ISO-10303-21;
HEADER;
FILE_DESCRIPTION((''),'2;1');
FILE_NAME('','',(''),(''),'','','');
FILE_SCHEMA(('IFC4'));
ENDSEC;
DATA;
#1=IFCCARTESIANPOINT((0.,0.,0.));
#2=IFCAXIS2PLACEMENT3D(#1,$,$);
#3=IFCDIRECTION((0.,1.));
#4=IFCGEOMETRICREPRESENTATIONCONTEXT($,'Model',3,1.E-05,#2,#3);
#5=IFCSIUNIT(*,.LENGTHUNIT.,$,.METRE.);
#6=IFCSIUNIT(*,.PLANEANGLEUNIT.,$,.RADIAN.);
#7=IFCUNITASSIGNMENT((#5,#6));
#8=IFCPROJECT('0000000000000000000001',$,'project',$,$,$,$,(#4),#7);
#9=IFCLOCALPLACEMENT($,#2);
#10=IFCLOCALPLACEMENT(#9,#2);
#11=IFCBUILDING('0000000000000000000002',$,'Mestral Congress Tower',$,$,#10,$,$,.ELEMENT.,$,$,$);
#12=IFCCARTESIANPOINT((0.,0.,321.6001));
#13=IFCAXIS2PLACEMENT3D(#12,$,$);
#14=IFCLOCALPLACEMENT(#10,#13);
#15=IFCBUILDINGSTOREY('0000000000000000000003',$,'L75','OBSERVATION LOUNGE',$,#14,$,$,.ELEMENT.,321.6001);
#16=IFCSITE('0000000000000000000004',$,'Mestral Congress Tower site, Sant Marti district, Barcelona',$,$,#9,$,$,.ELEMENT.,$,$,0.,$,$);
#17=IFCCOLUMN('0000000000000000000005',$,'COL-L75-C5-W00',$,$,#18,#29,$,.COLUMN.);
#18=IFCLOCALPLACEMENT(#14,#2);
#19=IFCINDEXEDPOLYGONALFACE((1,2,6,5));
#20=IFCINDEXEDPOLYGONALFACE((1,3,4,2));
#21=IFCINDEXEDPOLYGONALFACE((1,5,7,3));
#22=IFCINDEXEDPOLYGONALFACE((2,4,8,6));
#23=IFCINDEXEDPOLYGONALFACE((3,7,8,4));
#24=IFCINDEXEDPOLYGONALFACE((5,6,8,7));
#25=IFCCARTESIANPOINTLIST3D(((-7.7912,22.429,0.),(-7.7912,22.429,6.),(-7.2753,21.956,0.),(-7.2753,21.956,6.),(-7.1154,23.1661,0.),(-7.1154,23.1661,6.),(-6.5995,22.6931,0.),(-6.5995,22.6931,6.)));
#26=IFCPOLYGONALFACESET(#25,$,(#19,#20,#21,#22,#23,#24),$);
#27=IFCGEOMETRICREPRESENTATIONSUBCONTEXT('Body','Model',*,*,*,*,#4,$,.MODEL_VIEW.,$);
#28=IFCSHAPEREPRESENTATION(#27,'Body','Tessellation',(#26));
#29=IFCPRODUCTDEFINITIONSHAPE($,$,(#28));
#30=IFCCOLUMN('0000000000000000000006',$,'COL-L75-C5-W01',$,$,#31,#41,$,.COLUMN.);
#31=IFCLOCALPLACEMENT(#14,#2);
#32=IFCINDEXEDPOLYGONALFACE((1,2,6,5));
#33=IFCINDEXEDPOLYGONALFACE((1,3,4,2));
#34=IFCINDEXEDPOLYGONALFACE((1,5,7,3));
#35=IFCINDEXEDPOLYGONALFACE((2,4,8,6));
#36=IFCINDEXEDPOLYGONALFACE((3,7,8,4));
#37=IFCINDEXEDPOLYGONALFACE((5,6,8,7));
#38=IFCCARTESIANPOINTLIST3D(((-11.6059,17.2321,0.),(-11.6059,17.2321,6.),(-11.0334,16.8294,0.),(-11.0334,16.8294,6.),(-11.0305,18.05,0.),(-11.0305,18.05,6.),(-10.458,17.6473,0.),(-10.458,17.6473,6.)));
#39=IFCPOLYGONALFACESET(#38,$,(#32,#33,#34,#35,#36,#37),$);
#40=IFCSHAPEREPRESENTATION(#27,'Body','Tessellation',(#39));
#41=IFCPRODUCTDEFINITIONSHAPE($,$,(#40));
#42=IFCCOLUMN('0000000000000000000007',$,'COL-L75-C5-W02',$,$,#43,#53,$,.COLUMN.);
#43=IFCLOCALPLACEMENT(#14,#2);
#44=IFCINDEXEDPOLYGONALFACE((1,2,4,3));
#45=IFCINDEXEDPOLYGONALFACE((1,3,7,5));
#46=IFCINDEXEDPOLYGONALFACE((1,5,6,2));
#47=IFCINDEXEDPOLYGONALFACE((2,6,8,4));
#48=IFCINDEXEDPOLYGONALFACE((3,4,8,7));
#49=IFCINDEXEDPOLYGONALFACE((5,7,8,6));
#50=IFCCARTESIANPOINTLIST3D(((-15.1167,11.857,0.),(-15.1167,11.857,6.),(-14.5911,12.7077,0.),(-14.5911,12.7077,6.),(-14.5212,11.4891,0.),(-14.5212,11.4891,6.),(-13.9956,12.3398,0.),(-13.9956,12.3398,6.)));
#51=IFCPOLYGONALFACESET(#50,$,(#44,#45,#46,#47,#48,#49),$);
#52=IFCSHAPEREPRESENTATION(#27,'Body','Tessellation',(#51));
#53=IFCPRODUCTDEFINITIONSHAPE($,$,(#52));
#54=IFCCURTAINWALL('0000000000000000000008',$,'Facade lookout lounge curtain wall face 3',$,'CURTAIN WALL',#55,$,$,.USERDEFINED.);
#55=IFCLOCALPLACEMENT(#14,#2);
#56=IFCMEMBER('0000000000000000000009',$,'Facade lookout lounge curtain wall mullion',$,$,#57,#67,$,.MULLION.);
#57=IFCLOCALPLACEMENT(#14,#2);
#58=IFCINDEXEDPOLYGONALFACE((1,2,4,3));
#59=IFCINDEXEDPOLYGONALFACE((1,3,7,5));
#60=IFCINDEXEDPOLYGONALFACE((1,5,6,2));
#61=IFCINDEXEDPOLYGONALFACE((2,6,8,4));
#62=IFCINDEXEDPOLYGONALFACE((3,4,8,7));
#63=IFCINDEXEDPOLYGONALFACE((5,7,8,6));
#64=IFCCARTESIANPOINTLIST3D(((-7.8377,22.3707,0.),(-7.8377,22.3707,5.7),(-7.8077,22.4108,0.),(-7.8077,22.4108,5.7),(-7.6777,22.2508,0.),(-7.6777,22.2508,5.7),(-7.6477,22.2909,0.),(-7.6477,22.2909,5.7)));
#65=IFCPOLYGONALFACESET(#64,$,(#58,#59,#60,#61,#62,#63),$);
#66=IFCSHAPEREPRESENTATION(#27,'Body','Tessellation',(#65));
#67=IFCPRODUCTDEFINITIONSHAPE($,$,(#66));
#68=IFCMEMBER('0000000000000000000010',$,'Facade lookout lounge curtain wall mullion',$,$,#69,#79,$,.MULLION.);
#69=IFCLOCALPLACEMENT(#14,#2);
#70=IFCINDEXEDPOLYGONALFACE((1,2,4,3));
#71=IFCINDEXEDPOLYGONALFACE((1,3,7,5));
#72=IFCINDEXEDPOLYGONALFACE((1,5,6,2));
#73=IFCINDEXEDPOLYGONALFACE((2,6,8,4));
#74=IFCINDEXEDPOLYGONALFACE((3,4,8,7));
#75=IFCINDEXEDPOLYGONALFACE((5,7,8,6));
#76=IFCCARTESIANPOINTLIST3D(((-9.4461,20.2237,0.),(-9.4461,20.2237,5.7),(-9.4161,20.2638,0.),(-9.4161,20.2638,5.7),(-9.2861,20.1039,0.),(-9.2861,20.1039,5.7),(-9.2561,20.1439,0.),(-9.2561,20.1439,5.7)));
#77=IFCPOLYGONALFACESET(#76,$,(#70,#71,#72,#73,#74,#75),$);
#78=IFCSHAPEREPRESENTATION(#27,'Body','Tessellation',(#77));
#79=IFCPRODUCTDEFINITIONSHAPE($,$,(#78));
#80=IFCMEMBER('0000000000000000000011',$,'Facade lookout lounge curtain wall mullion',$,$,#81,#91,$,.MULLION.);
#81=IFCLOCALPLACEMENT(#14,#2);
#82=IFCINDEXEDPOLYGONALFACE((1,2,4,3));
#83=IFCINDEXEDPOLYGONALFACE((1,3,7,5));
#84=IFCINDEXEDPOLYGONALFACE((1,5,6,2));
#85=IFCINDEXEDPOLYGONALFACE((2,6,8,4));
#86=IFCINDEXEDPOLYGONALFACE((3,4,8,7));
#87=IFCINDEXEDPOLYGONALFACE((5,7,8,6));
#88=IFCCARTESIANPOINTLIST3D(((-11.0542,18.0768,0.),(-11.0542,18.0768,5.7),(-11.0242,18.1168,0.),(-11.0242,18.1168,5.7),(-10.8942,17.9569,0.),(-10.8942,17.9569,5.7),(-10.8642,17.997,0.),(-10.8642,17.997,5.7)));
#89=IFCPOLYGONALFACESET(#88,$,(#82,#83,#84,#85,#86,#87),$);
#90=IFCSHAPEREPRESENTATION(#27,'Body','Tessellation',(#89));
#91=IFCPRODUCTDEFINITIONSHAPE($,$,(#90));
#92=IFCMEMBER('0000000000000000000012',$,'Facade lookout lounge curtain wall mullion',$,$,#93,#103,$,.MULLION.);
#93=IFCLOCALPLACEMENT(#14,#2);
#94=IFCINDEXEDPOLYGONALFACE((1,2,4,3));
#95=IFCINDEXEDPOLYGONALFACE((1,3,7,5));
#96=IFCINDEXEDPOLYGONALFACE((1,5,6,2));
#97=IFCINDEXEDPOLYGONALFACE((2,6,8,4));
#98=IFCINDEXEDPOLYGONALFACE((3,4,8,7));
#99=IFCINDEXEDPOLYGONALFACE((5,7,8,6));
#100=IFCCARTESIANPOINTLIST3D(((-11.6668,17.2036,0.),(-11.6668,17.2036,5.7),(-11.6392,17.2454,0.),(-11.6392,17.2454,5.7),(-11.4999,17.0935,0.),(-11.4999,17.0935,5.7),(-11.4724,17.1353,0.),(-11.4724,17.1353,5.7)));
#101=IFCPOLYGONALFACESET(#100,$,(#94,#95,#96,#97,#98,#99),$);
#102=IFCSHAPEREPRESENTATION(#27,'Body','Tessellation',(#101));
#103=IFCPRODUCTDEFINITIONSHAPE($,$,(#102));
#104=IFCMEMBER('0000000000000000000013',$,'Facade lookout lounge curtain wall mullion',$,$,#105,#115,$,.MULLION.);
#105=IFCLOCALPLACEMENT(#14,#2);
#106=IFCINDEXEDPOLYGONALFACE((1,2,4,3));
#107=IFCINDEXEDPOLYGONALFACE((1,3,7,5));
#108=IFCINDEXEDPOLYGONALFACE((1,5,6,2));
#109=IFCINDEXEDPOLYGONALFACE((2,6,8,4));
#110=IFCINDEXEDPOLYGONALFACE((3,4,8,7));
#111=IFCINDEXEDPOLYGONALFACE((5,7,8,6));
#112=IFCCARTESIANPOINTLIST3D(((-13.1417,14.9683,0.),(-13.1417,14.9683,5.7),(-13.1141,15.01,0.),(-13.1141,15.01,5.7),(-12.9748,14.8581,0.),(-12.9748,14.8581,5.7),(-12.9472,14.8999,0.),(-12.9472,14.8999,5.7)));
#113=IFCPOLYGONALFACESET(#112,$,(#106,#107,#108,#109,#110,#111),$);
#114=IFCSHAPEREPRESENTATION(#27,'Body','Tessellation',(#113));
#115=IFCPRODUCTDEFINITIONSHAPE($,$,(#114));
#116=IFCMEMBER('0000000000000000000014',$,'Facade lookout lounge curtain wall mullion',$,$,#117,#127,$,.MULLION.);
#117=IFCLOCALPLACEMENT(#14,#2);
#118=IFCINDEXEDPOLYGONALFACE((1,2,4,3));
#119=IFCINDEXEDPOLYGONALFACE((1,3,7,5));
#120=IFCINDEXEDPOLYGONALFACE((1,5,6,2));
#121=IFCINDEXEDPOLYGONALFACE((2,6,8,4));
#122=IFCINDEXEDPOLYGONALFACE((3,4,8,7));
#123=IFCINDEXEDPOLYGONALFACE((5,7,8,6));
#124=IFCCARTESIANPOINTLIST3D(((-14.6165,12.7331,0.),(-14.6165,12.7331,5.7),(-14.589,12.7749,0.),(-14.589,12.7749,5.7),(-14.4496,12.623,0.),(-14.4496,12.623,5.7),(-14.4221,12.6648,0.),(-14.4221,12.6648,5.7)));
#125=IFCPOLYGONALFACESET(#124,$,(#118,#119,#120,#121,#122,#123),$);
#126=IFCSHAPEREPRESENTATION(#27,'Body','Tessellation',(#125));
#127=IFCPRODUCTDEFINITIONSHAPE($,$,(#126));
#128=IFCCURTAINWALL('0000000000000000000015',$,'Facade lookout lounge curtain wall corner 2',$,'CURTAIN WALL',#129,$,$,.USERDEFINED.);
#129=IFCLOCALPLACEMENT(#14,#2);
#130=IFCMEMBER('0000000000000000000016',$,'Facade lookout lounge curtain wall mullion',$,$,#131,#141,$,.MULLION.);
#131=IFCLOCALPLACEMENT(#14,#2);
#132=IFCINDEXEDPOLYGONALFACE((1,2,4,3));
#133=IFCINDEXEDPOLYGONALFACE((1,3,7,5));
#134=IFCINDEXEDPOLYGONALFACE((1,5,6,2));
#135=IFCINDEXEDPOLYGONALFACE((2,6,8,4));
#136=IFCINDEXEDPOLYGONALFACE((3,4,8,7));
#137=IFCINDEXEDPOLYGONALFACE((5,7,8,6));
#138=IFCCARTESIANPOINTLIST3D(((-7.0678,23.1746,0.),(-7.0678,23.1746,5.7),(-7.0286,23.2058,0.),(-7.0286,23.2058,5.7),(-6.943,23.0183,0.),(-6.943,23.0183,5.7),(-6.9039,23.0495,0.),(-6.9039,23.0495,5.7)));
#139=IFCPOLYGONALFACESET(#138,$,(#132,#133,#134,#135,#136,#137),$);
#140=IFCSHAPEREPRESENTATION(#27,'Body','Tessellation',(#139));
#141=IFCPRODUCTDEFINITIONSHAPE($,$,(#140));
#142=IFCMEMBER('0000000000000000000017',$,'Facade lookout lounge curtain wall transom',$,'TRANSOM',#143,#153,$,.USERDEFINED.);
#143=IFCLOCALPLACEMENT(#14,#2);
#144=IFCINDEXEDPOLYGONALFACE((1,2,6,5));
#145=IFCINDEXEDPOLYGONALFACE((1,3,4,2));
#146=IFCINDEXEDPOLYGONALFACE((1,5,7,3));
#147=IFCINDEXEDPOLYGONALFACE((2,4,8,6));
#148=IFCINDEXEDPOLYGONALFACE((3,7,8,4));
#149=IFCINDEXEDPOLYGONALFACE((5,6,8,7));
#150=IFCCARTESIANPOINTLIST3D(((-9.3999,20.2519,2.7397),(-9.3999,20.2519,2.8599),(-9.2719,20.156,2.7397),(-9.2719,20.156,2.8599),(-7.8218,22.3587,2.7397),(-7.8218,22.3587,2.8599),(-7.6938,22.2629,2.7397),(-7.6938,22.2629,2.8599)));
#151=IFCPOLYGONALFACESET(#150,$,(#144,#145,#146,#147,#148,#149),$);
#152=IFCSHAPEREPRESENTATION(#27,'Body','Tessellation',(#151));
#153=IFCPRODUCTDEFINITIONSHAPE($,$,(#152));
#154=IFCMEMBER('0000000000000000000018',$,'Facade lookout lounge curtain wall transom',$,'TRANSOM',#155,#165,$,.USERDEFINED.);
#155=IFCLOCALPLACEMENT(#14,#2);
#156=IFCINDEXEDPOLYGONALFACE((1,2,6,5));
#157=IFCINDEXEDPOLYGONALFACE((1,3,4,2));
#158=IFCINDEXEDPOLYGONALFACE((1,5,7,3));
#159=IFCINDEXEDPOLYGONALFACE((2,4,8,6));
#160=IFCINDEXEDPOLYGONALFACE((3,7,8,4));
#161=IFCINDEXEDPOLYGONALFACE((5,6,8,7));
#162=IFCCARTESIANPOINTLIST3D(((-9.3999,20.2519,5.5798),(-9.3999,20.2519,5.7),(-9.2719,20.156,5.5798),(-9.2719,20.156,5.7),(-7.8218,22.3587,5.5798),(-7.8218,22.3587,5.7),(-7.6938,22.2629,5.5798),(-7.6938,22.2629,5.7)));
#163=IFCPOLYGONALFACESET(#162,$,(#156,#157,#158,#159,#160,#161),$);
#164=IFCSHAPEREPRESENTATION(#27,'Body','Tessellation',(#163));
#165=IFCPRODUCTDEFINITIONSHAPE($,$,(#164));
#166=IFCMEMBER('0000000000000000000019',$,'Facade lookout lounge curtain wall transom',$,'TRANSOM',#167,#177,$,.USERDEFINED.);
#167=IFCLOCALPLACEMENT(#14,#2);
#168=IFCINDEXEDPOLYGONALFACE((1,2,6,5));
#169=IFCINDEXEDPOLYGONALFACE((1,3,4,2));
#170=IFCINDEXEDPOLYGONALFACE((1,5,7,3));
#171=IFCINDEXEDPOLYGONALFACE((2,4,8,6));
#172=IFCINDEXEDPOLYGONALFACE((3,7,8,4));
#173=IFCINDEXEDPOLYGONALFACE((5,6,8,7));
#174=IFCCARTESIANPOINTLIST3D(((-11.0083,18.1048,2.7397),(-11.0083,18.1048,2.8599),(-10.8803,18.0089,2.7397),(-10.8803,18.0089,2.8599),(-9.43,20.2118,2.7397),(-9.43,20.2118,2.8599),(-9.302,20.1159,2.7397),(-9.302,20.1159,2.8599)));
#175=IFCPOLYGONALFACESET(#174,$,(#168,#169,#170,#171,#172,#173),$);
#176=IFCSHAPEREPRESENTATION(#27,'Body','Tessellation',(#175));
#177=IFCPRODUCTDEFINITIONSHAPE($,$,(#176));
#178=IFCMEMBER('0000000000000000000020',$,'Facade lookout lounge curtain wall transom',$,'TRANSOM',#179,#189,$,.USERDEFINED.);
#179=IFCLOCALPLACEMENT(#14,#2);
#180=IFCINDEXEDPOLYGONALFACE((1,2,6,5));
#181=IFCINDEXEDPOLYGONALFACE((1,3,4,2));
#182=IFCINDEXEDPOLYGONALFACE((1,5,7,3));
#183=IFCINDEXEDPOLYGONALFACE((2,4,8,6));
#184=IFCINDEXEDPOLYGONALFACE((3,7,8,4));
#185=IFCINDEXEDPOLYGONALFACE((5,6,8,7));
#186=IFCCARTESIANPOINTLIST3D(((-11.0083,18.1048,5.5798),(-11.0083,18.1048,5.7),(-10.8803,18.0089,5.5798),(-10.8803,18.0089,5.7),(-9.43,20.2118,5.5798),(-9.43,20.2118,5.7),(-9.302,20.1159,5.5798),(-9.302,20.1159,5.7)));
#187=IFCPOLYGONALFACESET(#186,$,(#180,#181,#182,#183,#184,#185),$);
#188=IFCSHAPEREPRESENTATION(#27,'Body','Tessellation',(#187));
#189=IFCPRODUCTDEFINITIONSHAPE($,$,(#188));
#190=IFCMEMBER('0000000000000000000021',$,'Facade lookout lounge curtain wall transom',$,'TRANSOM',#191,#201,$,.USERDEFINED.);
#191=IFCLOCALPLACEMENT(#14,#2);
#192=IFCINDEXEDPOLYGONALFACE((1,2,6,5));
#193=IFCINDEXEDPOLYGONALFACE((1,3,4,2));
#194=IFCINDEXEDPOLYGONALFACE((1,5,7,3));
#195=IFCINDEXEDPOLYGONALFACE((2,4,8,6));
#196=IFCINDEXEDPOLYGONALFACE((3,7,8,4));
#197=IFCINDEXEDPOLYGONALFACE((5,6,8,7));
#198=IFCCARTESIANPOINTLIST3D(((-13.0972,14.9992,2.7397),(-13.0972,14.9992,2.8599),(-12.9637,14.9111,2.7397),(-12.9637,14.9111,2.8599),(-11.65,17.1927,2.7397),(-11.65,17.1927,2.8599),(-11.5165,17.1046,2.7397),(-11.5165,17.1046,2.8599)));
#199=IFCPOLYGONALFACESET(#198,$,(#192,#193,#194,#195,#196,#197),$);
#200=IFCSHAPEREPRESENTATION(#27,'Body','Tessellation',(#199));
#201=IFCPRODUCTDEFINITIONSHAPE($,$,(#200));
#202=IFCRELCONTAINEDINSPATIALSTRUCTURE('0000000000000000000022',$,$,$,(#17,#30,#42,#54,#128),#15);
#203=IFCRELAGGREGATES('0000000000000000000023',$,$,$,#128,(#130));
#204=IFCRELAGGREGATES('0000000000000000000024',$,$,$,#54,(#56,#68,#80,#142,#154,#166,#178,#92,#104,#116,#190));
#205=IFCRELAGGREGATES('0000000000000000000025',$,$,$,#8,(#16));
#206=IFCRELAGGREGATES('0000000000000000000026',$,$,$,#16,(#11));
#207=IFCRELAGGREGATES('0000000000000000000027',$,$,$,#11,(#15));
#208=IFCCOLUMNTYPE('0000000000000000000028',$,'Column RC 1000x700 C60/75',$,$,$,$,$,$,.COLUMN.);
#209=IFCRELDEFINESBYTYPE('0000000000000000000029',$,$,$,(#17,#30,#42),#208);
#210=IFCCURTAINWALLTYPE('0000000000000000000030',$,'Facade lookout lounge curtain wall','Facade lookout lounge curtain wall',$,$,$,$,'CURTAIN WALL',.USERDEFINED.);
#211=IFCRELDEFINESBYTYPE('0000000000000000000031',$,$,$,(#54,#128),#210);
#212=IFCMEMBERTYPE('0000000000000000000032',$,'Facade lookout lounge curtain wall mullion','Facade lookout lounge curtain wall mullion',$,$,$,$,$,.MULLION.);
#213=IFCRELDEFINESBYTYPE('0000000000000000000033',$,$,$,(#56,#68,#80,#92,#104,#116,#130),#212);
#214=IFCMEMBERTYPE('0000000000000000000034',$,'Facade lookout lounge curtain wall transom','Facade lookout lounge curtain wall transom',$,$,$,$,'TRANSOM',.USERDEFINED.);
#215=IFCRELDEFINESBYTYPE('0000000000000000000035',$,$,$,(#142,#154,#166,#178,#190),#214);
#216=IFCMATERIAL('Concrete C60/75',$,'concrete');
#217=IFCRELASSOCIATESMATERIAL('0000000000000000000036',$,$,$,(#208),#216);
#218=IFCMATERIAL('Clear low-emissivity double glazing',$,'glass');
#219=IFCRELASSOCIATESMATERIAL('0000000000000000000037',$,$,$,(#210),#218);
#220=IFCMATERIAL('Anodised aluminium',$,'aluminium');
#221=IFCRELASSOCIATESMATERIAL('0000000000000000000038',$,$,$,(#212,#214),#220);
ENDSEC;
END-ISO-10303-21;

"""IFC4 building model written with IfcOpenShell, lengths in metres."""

from ifc_helpers import new_model, si_unit, direction, frame, origin, origin_2d, place, context, subcontext, project, spatial, rectangle, extrude, material, material_profile, profile_set, type_object, element, aggregate, save


model = new_model("IFC4")

# Units and contexts
model_context = context("Model", 3, precision=1e-05, world=origin(), true_north=direction((0.0, 1.0)))
body_context = subcontext(model_context, "Body", "Model", "MODEL_VIEW")
ifc_project = project(units=[si_unit("LENGTHUNIT", "METRE"), si_unit("PLANEANGLEUNIT", "RADIAN")], contexts=[model_context])

# Site, building, storey
site_placement = place(None, origin())
site = spatial("IfcSite", under=ifc_project, at=site_placement, Name="Mestral Congress Tower site, Sant Marti district, Barcelona", CompositionType="ELEMENT", RefElevation=0.0)
building_placement = place(site_placement, origin())
building = spatial("IfcBuilding", under=site, at=building_placement, Name="Mestral Congress Tower", CompositionType="ELEMENT")
storey_placement = place(building_placement, frame((0.0, 0.0, 321.6001)))
storey = spatial("IfcBuildingStorey", under=building, at=storey_placement, Name="L75", Description="OBSERVATION LOUNGE", CompositionType="ELEMENT", Elevation=321.6001)

# Columns
ifc_material_1 = material(Name="Concrete C60/75", Category="concrete")
ifc_material_profile_1 = material_profile(ifc_material_1, rectangle(XDim=1.0, YDim=0.7, at=origin_2d()), Name="RC 1000x700")
ifc_profile_set_1 = profile_set([ifc_material_profile_1], Name="Concrete C60/75")
column_type = type_object("IfcColumnType", Name="Column RC 1000x700 C60/75", PredefinedType="COLUMN", material=ifc_profile_set_1)
for number, where, z_axis, x_axis, name in (
    (1, (-7.1953, 22.561, 0.0), (0.0, 0.0, 1.0), (-0.675803, -0.737083, 0.0), "COL-L75-C5-W00"),
    (2, (-11.032, 17.4397, 0.0), (0.0, 0.0, 1.0), (-0.575402, -0.817871, 0.0), "COL-L75-C5-W01"),
    (3, (-14.5562, 12.0984, 0.0), (0.0, 0.0, 1.0), (-0.52561, -0.850726, 0.0), "COL-L75-C5-W02"),
):
    element("IfcColumn", number, at=place(storey_placement, frame(where, z_axis=z_axis, x_axis=x_axis)), inside=storey, type_object=column_type, Name=name, PredefinedType="COLUMN", context=body_context, shape_type="SweptSolid", body=[
        extrude(rectangle(XDim=1.0, YDim=0.7, at=origin_2d()), origin(), (0.0, 0.0, 1.0), 6.0),
    ])

# Curtain wall, members
ifc_material_2 = material(Name="Clear low-emissivity double glazing", Category="glass")
curtain_wall_type = type_object("IfcCurtainWallType", Name="Facade lookout lounge curtain wall", Description="Facade lookout lounge curtain wall", ElementType="CURTAIN WALL", PredefinedType="USERDEFINED", material=ifc_material_2)
placement = place(storey_placement, origin())
curtain_wall_1 = element("IfcCurtainWall", 4, at=placement, inside=storey, type_object=curtain_wall_type, Name="Facade lookout lounge curtain wall face 3", ObjectType="CURTAIN WALL", PredefinedType="USERDEFINED")
ifc_material_3 = material(Name="Anodised aluminium", Category="aluminium")
ifc_material_profile_2 = material_profile(ifc_material_3, rectangle(XDim=0.2, YDim=0.05, at=origin_2d()), Name="CW2 mullion 200 x 50")
ifc_profile_set_2 = profile_set([ifc_material_profile_2], Name="Anodised aluminium")
member_type_1 = type_object("IfcMemberType", Name="Facade lookout lounge curtain wall mullion", Description="Facade lookout lounge curtain wall mullion", PredefinedType="MULLION", material=ifc_profile_set_2)
member_1_placement = place(storey_placement, frame((-7.7427, 22.3308, 0.0), z_axis=(0.0, 0.0, 1.0), x_axis=(-0.800343, 0.599542, 0.0)))
member_1 = element("IfcMember", 5, at=member_1_placement, type_object=member_type_1, Name="Facade lookout lounge curtain wall mullion", PredefinedType="MULLION", context=body_context, shape_type="SweptSolid", body=[
    extrude(rectangle(XDim=0.2, YDim=0.05, at=origin_2d()), origin(), (0.0, 0.0, 1.0), 5.7),
])
member_2_placement = place(storey_placement, frame((-9.3511, 20.1838, 0.0), z_axis=(0.0, 0.0, 1.0), x_axis=(-0.800343, 0.599542, 0.0)))
member_2 = element("IfcMember", 6, at=member_2_placement, type_object=member_type_1, Name="Facade lookout lounge curtain wall mullion", PredefinedType="MULLION", context=body_context, shape_type="SweptSolid", body=[
    extrude(rectangle(XDim=0.2, YDim=0.05, at=origin_2d()), origin(), (0.0, 0.0, 1.0), 5.7),
])
member_3_placement = place(storey_placement, frame((-10.9592, 18.0369, 0.0), z_axis=(0.0, 0.0, 1.0), x_axis=(-0.800343, 0.599542, 0.0)))
member_3 = element("IfcMember", 7, at=member_3_placement, type_object=member_type_1, Name="Facade lookout lounge curtain wall mullion", PredefinedType="MULLION", context=body_context, shape_type="SweptSolid", body=[
    extrude(rectangle(XDim=0.2, YDim=0.05, at=origin_2d()), origin(), (0.0, 0.0, 1.0), 5.7),
])
member_4_placement = place(storey_placement, frame((-11.5696, 17.1694, 0.0), z_axis=(0.0, 0.0, 1.0), x_axis=(-0.834675, 0.550743, 0.0)))
member_4 = element("IfcMember", 8, at=member_4_placement, type_object=member_type_1, Name="Facade lookout lounge curtain wall mullion", PredefinedType="MULLION", context=body_context, shape_type="SweptSolid", body=[
    extrude(rectangle(XDim=0.2, YDim=0.05, at=origin_2d()), origin(), (0.0, 0.0, 1.0), 5.7),
])
member_5_placement = place(storey_placement, frame((-13.0444, 14.9341, 0.0), z_axis=(0.0, 0.0, 1.0), x_axis=(-0.834675, 0.550743, 0.0)))
member_5 = element("IfcMember", 9, at=member_5_placement, type_object=member_type_1, Name="Facade lookout lounge curtain wall mullion", PredefinedType="MULLION", context=body_context, shape_type="SweptSolid", body=[
    extrude(rectangle(XDim=0.2, YDim=0.05, at=origin_2d()), origin(), (0.0, 0.0, 1.0), 5.7),
])
member_6_placement = place(storey_placement, frame((-14.5193, 12.699, 0.0), z_axis=(0.0, 0.0, 1.0), x_axis=(-0.834675, 0.550743, 0.0)))
member_6 = element("IfcMember", 10, at=member_6_placement, type_object=member_type_1, Name="Facade lookout lounge curtain wall mullion", PredefinedType="MULLION", context=body_context, shape_type="SweptSolid", body=[
    extrude(rectangle(XDim=0.2, YDim=0.05, at=origin_2d()), origin(), (0.0, 0.0, 1.0), 5.7),
])

# Curtain wall, member
curtain_wall_2 = element("IfcCurtainWall", 11, at=placement, inside=storey, type_object=curtain_wall_type, Name="Facade lookout lounge curtain wall corner 2", ObjectType="CURTAIN WALL", PredefinedType="USERDEFINED")
member_7_placement = place(storey_placement, frame((-6.9858, 23.1121, 0.0), z_axis=(0.0, 0.0, 1.0), x_axis=(-0.623738, 0.781634, 0.0)))
member_7 = element("IfcMember", 12, at=member_7_placement, type_object=member_type_1, Name="Facade lookout lounge curtain wall mullion", PredefinedType="MULLION", context=body_context, shape_type="SweptSolid", body=[
    extrude(rectangle(XDim=0.2, YDim=0.05, at=origin_2d()), origin(), (0.0, 0.0, 1.0), 5.7),
])
aggregate(curtain_wall_2, [member_7])

# Members
ifc_material_profile_3 = material_profile(ifc_material_3, rectangle(XDim=0.1599, YDim=0.1201, at=origin_2d()), Name="CW2 transom 160 x 120")
ifc_profile_set_3 = profile_set([ifc_material_profile_3], Name="Anodised aluminium")
member_type_2 = type_object("IfcMemberType", Name="Facade lookout lounge curtain wall transom", Description="Facade lookout lounge curtain wall transom", ElementType="TRANSOM", PredefinedType="USERDEFINED", material=ifc_profile_set_3)
member_8_placement = place(storey_placement, frame((-7.7578, 22.3108, 2.7998), z_axis=(-0.599495, -0.800378, 0.0), x_axis=(0.800378, -0.599495, 0.0)))
member_8 = element("IfcMember", 13, at=member_8_placement, type_object=member_type_2, Name="Facade lookout lounge curtain wall transom", ObjectType="TRANSOM", PredefinedType="USERDEFINED", context=body_context, shape_type="SweptSolid", body=[
    extrude(rectangle(XDim=0.1599, YDim=0.1201, at=origin_2d()), origin(), (0.0, 0.0, 1.0), 2.6323),
])
member_9_placement = place(storey_placement, frame((-7.7578, 22.3108, 5.6399), z_axis=(-0.599495, -0.800378, 0.0), x_axis=(0.800378, -0.599495, 0.0)))
member_9 = element("IfcMember", 14, at=member_9_placement, type_object=member_type_2, Name="Facade lookout lounge curtain wall transom", ObjectType="TRANSOM", PredefinedType="USERDEFINED", context=body_context, shape_type="SweptSolid", body=[
    extrude(rectangle(XDim=0.1599, YDim=0.1201, at=origin_2d()), origin(), (0.0, 0.0, 1.0), 2.6323),
])
member_10_placement = place(storey_placement, frame((-9.366, 20.1638, 2.7998), z_axis=(-0.599555, -0.800334, 0.0), x_axis=(0.800334, -0.599555, 0.0)))
member_10 = element("IfcMember", 15, at=member_10_placement, type_object=member_type_2, Name="Facade lookout lounge curtain wall transom", ObjectType="TRANSOM", PredefinedType="USERDEFINED", context=body_context, shape_type="SweptSolid", body=[
    extrude(rectangle(XDim=0.1599, YDim=0.1201, at=origin_2d()), origin(), (0.0, 0.0, 1.0), 2.6326),
])
member_11_placement = place(storey_placement, frame((-9.366, 20.1638, 5.6399), z_axis=(-0.599555, -0.800334, 0.0), x_axis=(0.800334, -0.599555, 0.0)))
member_11 = element("IfcMember", 16, at=member_11_placement, type_object=member_type_2, Name="Facade lookout lounge curtain wall transom", ObjectType="TRANSOM", PredefinedType="USERDEFINED", context=body_context, shape_type="SweptSolid", body=[
    extrude(rectangle(XDim=0.1599, YDim=0.1201, at=origin_2d()), origin(), (0.0, 0.0, 1.0), 2.6326),
])
member_12_placement = place(storey_placement, frame((-11.5833, 17.1487, 2.7998), z_axis=(-0.550706, -0.834699, 0.0), x_axis=(0.834699, -0.550706, 0.0)))
member_12 = element("IfcMember", 17, at=member_12_placement, type_object=member_type_2, Name="Facade lookout lounge curtain wall transom", ObjectType="TRANSOM", PredefinedType="USERDEFINED", context=body_context, shape_type="SweptSolid", body=[
    extrude(rectangle(XDim=0.1599, YDim=0.1201, at=origin_2d()), origin(), (0.0, 0.0, 1.0), 2.6279),
])

aggregate(curtain_wall_1, [member_1, member_2, member_3, member_8, member_9, member_10, member_11, member_4, member_5, member_6, member_12])

save(model, "model.ifc")
